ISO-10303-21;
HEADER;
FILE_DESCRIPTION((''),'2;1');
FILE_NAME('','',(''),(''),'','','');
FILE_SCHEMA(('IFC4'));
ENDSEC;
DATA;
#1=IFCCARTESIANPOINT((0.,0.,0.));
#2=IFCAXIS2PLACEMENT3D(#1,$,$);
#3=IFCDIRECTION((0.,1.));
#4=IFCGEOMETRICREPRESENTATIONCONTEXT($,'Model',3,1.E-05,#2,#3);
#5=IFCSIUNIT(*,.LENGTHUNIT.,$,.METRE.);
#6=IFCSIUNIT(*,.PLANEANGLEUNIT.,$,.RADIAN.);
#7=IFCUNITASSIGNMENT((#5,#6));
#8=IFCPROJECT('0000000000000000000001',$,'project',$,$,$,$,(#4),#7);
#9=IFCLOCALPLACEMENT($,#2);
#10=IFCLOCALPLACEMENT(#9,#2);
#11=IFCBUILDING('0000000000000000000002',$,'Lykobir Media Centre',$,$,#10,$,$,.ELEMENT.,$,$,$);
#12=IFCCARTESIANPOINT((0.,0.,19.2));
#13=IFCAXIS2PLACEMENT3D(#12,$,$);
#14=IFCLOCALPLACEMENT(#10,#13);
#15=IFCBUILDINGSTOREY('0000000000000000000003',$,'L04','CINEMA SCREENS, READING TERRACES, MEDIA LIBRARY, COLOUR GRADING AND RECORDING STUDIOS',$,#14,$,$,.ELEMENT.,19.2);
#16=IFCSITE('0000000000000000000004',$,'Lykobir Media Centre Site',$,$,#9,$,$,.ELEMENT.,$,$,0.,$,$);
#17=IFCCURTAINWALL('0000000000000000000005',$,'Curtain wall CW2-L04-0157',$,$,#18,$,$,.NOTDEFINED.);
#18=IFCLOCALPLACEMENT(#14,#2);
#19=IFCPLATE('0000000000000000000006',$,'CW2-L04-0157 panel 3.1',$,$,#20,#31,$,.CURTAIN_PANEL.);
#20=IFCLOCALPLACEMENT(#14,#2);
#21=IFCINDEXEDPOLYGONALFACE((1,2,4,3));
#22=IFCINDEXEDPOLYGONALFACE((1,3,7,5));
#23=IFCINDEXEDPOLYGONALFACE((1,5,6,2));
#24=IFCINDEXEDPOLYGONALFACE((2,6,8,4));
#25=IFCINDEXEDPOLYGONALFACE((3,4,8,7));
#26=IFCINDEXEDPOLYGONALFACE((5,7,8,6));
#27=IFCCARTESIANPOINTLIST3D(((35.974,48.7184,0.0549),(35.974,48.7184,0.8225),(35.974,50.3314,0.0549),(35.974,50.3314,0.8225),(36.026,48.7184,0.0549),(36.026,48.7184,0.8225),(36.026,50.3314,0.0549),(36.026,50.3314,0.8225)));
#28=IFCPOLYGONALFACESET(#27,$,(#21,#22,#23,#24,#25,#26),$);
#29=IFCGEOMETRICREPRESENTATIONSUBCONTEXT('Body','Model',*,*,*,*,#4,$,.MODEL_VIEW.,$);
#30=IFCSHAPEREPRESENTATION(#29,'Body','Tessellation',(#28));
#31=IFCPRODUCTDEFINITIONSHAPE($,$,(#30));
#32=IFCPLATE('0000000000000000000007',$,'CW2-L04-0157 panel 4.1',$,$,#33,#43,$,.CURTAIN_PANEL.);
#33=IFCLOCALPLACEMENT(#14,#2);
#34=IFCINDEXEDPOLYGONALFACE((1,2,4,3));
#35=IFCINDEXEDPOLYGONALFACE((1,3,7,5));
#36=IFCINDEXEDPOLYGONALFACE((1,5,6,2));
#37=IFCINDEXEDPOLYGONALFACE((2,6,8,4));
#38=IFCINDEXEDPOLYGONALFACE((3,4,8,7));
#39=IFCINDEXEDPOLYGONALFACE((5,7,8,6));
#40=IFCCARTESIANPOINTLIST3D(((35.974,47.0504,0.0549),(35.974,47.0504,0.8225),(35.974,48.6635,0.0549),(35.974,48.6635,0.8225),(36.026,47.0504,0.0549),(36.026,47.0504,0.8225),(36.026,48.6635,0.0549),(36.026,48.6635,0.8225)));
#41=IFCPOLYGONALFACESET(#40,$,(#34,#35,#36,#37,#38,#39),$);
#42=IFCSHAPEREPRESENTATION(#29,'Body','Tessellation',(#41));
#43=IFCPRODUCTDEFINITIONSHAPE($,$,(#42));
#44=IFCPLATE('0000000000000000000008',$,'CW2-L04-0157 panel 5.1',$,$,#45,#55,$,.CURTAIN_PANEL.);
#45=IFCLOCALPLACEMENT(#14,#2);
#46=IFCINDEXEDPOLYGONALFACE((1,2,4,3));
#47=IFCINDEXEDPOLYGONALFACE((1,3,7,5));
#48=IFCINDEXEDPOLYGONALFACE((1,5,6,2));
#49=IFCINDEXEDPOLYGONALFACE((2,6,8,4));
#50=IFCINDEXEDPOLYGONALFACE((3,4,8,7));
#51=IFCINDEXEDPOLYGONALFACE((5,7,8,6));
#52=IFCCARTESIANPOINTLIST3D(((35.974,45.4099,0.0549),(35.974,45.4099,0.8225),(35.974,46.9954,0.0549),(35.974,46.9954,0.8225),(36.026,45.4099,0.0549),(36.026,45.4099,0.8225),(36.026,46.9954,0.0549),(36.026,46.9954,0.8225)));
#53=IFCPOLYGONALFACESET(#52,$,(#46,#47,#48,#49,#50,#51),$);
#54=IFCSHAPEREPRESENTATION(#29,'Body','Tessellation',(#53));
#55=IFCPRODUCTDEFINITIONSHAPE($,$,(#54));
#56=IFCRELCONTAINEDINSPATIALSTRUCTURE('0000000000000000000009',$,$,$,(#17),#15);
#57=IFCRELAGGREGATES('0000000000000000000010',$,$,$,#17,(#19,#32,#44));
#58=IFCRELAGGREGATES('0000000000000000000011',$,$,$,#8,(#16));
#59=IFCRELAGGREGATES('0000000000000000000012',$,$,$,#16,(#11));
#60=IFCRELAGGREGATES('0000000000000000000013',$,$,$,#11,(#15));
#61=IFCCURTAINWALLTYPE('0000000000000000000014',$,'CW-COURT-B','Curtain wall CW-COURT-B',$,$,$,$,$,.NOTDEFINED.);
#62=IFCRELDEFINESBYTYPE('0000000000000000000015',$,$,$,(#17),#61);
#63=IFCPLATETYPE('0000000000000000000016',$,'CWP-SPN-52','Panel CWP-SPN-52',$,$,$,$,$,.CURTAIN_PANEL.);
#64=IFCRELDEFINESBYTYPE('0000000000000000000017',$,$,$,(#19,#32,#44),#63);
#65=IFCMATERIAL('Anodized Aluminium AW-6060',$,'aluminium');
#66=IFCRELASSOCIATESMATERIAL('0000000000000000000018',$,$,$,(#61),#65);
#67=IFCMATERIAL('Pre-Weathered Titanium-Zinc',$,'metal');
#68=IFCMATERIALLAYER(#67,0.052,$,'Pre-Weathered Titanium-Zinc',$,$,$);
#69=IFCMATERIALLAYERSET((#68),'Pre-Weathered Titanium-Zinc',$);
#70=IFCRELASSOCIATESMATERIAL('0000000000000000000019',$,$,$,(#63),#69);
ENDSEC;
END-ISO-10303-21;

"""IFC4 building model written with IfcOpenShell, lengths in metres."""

from ifc_helpers import new_model, si_unit, direction, frame, origin, origin_2d, place, context, subcontext, project, spatial, rectangle, extrude, material, layer, layer_set, type_object, element, aggregate, save


model = new_model("IFC4")

# Units and contexts
model_context = context("Model", 3, precision=1e-05, world=origin(), true_north=direction((0.0, 1.0)))
body_context = subcontext(model_context, "Body", "Model", "MODEL_VIEW")
ifc_project = project(units=[si_unit("LENGTHUNIT", "METRE"), si_unit("PLANEANGLEUNIT", "RADIAN")], contexts=[model_context])

# Site, building, storey
site_placement = place(None, origin())
site = spatial("IfcSite", under=ifc_project, at=site_placement, Name="Lykobir Media Centre Site", CompositionType="ELEMENT", RefElevation=0.0)
building_placement = place(site_placement, origin())
building = spatial("IfcBuilding", under=site, at=building_placement, Name="Lykobir Media Centre", CompositionType="ELEMENT")
storey_placement = place(building_placement, frame((0.0, 0.0, 19.2)))
storey = spatial("IfcBuildingStorey", under=building, at=storey_placement, Name="L04", Description="CINEMA SCREENS, READING TERRACES, MEDIA LIBRARY, COLOUR GRADING AND RECORDING STUDIOS", CompositionType="ELEMENT", Elevation=19.2)

# Curtain wall
ifc_material_1 = material(Name="Anodized Aluminium AW-6060", Category="aluminium")
curtain_wall_type = type_object("IfcCurtainWallType", Name="CW-COURT-B", Description="Curtain wall CW-COURT-B", PredefinedType="NOTDEFINED", material=ifc_material_1)
curtain_wall_1_placement = place(storey_placement, origin())
curtain_wall_1 = element("IfcCurtainWall", 1, at=curtain_wall_1_placement, inside=storey, type_object=curtain_wall_type, Name="Curtain wall CW2-L04-0157", PredefinedType="NOTDEFINED")

# Plates
ifc_material_2 = material(Name="Pre-Weathered Titanium-Zinc", Category="metal")
ifc_layer_1 = layer(ifc_material_2, 0.052, Name="Pre-Weathered Titanium-Zinc")
ifc_layer_set_1 = layer_set([ifc_layer_1], Name="Pre-Weathered Titanium-Zinc")
plate_type_1 = type_object("IfcPlateType", Name="CWP-SPN-52", Description="Panel CWP-SPN-52", PredefinedType="CURTAIN_PANEL", material=ifc_layer_set_1)
plate_1_placement = place(storey_placement, frame((36.0, 49.5249, 0.0549), z_axis=(0.0, 0.0, 1.0), x_axis=(0.0, -1.0, 0.0)))
plate_1 = element("IfcPlate", 2, at=plate_1_placement, type_object=plate_type_1, Name="CW2-L04-0157 panel 3.1", PredefinedType="CURTAIN_PANEL", context=body_context, shape_type="SweptSolid", body=[
    extrude(rectangle(XDim=1.613, YDim=0.052, at=origin_2d()), origin(), (0.0, 0.0, 1.0), 0.7676),
])
plate_2_placement = place(storey_placement, frame((36.0, 47.8569, 0.0549), z_axis=(0.0, 0.0, 1.0), x_axis=(0.0, -1.0, 0.0)))
plate_2 = element("IfcPlate", 3, at=plate_2_placement, type_object=plate_type_1, Name="CW2-L04-0157 panel 4.1", PredefinedType="CURTAIN_PANEL", context=body_context, shape_type="SweptSolid", body=[
    extrude(rectangle(XDim=1.613, YDim=0.052, at=origin_2d()), origin(), (0.0, 0.0, 1.0), 0.7676),
])
plate_3_placement = place(storey_placement, frame((36.0, 46.2026, 0.0549), z_axis=(0.0, 0.0, 1.0), x_axis=(0.0, -1.0, 0.0)))
plate_3 = element("IfcPlate", 4, at=plate_3_placement, type_object=plate_type_1, Name="CW2-L04-0157 panel 5.1", PredefinedType="CURTAIN_PANEL", context=body_context, shape_type="SweptSolid", body=[
    extrude(rectangle(XDim=1.5854, YDim=0.052, at=origin_2d()), origin(), (0.0, 0.0, 1.0), 0.7676),
])
aggregate(curtain_wall_1, [plate_1, plate_2, plate_3])

save(model, "model.ifc")
